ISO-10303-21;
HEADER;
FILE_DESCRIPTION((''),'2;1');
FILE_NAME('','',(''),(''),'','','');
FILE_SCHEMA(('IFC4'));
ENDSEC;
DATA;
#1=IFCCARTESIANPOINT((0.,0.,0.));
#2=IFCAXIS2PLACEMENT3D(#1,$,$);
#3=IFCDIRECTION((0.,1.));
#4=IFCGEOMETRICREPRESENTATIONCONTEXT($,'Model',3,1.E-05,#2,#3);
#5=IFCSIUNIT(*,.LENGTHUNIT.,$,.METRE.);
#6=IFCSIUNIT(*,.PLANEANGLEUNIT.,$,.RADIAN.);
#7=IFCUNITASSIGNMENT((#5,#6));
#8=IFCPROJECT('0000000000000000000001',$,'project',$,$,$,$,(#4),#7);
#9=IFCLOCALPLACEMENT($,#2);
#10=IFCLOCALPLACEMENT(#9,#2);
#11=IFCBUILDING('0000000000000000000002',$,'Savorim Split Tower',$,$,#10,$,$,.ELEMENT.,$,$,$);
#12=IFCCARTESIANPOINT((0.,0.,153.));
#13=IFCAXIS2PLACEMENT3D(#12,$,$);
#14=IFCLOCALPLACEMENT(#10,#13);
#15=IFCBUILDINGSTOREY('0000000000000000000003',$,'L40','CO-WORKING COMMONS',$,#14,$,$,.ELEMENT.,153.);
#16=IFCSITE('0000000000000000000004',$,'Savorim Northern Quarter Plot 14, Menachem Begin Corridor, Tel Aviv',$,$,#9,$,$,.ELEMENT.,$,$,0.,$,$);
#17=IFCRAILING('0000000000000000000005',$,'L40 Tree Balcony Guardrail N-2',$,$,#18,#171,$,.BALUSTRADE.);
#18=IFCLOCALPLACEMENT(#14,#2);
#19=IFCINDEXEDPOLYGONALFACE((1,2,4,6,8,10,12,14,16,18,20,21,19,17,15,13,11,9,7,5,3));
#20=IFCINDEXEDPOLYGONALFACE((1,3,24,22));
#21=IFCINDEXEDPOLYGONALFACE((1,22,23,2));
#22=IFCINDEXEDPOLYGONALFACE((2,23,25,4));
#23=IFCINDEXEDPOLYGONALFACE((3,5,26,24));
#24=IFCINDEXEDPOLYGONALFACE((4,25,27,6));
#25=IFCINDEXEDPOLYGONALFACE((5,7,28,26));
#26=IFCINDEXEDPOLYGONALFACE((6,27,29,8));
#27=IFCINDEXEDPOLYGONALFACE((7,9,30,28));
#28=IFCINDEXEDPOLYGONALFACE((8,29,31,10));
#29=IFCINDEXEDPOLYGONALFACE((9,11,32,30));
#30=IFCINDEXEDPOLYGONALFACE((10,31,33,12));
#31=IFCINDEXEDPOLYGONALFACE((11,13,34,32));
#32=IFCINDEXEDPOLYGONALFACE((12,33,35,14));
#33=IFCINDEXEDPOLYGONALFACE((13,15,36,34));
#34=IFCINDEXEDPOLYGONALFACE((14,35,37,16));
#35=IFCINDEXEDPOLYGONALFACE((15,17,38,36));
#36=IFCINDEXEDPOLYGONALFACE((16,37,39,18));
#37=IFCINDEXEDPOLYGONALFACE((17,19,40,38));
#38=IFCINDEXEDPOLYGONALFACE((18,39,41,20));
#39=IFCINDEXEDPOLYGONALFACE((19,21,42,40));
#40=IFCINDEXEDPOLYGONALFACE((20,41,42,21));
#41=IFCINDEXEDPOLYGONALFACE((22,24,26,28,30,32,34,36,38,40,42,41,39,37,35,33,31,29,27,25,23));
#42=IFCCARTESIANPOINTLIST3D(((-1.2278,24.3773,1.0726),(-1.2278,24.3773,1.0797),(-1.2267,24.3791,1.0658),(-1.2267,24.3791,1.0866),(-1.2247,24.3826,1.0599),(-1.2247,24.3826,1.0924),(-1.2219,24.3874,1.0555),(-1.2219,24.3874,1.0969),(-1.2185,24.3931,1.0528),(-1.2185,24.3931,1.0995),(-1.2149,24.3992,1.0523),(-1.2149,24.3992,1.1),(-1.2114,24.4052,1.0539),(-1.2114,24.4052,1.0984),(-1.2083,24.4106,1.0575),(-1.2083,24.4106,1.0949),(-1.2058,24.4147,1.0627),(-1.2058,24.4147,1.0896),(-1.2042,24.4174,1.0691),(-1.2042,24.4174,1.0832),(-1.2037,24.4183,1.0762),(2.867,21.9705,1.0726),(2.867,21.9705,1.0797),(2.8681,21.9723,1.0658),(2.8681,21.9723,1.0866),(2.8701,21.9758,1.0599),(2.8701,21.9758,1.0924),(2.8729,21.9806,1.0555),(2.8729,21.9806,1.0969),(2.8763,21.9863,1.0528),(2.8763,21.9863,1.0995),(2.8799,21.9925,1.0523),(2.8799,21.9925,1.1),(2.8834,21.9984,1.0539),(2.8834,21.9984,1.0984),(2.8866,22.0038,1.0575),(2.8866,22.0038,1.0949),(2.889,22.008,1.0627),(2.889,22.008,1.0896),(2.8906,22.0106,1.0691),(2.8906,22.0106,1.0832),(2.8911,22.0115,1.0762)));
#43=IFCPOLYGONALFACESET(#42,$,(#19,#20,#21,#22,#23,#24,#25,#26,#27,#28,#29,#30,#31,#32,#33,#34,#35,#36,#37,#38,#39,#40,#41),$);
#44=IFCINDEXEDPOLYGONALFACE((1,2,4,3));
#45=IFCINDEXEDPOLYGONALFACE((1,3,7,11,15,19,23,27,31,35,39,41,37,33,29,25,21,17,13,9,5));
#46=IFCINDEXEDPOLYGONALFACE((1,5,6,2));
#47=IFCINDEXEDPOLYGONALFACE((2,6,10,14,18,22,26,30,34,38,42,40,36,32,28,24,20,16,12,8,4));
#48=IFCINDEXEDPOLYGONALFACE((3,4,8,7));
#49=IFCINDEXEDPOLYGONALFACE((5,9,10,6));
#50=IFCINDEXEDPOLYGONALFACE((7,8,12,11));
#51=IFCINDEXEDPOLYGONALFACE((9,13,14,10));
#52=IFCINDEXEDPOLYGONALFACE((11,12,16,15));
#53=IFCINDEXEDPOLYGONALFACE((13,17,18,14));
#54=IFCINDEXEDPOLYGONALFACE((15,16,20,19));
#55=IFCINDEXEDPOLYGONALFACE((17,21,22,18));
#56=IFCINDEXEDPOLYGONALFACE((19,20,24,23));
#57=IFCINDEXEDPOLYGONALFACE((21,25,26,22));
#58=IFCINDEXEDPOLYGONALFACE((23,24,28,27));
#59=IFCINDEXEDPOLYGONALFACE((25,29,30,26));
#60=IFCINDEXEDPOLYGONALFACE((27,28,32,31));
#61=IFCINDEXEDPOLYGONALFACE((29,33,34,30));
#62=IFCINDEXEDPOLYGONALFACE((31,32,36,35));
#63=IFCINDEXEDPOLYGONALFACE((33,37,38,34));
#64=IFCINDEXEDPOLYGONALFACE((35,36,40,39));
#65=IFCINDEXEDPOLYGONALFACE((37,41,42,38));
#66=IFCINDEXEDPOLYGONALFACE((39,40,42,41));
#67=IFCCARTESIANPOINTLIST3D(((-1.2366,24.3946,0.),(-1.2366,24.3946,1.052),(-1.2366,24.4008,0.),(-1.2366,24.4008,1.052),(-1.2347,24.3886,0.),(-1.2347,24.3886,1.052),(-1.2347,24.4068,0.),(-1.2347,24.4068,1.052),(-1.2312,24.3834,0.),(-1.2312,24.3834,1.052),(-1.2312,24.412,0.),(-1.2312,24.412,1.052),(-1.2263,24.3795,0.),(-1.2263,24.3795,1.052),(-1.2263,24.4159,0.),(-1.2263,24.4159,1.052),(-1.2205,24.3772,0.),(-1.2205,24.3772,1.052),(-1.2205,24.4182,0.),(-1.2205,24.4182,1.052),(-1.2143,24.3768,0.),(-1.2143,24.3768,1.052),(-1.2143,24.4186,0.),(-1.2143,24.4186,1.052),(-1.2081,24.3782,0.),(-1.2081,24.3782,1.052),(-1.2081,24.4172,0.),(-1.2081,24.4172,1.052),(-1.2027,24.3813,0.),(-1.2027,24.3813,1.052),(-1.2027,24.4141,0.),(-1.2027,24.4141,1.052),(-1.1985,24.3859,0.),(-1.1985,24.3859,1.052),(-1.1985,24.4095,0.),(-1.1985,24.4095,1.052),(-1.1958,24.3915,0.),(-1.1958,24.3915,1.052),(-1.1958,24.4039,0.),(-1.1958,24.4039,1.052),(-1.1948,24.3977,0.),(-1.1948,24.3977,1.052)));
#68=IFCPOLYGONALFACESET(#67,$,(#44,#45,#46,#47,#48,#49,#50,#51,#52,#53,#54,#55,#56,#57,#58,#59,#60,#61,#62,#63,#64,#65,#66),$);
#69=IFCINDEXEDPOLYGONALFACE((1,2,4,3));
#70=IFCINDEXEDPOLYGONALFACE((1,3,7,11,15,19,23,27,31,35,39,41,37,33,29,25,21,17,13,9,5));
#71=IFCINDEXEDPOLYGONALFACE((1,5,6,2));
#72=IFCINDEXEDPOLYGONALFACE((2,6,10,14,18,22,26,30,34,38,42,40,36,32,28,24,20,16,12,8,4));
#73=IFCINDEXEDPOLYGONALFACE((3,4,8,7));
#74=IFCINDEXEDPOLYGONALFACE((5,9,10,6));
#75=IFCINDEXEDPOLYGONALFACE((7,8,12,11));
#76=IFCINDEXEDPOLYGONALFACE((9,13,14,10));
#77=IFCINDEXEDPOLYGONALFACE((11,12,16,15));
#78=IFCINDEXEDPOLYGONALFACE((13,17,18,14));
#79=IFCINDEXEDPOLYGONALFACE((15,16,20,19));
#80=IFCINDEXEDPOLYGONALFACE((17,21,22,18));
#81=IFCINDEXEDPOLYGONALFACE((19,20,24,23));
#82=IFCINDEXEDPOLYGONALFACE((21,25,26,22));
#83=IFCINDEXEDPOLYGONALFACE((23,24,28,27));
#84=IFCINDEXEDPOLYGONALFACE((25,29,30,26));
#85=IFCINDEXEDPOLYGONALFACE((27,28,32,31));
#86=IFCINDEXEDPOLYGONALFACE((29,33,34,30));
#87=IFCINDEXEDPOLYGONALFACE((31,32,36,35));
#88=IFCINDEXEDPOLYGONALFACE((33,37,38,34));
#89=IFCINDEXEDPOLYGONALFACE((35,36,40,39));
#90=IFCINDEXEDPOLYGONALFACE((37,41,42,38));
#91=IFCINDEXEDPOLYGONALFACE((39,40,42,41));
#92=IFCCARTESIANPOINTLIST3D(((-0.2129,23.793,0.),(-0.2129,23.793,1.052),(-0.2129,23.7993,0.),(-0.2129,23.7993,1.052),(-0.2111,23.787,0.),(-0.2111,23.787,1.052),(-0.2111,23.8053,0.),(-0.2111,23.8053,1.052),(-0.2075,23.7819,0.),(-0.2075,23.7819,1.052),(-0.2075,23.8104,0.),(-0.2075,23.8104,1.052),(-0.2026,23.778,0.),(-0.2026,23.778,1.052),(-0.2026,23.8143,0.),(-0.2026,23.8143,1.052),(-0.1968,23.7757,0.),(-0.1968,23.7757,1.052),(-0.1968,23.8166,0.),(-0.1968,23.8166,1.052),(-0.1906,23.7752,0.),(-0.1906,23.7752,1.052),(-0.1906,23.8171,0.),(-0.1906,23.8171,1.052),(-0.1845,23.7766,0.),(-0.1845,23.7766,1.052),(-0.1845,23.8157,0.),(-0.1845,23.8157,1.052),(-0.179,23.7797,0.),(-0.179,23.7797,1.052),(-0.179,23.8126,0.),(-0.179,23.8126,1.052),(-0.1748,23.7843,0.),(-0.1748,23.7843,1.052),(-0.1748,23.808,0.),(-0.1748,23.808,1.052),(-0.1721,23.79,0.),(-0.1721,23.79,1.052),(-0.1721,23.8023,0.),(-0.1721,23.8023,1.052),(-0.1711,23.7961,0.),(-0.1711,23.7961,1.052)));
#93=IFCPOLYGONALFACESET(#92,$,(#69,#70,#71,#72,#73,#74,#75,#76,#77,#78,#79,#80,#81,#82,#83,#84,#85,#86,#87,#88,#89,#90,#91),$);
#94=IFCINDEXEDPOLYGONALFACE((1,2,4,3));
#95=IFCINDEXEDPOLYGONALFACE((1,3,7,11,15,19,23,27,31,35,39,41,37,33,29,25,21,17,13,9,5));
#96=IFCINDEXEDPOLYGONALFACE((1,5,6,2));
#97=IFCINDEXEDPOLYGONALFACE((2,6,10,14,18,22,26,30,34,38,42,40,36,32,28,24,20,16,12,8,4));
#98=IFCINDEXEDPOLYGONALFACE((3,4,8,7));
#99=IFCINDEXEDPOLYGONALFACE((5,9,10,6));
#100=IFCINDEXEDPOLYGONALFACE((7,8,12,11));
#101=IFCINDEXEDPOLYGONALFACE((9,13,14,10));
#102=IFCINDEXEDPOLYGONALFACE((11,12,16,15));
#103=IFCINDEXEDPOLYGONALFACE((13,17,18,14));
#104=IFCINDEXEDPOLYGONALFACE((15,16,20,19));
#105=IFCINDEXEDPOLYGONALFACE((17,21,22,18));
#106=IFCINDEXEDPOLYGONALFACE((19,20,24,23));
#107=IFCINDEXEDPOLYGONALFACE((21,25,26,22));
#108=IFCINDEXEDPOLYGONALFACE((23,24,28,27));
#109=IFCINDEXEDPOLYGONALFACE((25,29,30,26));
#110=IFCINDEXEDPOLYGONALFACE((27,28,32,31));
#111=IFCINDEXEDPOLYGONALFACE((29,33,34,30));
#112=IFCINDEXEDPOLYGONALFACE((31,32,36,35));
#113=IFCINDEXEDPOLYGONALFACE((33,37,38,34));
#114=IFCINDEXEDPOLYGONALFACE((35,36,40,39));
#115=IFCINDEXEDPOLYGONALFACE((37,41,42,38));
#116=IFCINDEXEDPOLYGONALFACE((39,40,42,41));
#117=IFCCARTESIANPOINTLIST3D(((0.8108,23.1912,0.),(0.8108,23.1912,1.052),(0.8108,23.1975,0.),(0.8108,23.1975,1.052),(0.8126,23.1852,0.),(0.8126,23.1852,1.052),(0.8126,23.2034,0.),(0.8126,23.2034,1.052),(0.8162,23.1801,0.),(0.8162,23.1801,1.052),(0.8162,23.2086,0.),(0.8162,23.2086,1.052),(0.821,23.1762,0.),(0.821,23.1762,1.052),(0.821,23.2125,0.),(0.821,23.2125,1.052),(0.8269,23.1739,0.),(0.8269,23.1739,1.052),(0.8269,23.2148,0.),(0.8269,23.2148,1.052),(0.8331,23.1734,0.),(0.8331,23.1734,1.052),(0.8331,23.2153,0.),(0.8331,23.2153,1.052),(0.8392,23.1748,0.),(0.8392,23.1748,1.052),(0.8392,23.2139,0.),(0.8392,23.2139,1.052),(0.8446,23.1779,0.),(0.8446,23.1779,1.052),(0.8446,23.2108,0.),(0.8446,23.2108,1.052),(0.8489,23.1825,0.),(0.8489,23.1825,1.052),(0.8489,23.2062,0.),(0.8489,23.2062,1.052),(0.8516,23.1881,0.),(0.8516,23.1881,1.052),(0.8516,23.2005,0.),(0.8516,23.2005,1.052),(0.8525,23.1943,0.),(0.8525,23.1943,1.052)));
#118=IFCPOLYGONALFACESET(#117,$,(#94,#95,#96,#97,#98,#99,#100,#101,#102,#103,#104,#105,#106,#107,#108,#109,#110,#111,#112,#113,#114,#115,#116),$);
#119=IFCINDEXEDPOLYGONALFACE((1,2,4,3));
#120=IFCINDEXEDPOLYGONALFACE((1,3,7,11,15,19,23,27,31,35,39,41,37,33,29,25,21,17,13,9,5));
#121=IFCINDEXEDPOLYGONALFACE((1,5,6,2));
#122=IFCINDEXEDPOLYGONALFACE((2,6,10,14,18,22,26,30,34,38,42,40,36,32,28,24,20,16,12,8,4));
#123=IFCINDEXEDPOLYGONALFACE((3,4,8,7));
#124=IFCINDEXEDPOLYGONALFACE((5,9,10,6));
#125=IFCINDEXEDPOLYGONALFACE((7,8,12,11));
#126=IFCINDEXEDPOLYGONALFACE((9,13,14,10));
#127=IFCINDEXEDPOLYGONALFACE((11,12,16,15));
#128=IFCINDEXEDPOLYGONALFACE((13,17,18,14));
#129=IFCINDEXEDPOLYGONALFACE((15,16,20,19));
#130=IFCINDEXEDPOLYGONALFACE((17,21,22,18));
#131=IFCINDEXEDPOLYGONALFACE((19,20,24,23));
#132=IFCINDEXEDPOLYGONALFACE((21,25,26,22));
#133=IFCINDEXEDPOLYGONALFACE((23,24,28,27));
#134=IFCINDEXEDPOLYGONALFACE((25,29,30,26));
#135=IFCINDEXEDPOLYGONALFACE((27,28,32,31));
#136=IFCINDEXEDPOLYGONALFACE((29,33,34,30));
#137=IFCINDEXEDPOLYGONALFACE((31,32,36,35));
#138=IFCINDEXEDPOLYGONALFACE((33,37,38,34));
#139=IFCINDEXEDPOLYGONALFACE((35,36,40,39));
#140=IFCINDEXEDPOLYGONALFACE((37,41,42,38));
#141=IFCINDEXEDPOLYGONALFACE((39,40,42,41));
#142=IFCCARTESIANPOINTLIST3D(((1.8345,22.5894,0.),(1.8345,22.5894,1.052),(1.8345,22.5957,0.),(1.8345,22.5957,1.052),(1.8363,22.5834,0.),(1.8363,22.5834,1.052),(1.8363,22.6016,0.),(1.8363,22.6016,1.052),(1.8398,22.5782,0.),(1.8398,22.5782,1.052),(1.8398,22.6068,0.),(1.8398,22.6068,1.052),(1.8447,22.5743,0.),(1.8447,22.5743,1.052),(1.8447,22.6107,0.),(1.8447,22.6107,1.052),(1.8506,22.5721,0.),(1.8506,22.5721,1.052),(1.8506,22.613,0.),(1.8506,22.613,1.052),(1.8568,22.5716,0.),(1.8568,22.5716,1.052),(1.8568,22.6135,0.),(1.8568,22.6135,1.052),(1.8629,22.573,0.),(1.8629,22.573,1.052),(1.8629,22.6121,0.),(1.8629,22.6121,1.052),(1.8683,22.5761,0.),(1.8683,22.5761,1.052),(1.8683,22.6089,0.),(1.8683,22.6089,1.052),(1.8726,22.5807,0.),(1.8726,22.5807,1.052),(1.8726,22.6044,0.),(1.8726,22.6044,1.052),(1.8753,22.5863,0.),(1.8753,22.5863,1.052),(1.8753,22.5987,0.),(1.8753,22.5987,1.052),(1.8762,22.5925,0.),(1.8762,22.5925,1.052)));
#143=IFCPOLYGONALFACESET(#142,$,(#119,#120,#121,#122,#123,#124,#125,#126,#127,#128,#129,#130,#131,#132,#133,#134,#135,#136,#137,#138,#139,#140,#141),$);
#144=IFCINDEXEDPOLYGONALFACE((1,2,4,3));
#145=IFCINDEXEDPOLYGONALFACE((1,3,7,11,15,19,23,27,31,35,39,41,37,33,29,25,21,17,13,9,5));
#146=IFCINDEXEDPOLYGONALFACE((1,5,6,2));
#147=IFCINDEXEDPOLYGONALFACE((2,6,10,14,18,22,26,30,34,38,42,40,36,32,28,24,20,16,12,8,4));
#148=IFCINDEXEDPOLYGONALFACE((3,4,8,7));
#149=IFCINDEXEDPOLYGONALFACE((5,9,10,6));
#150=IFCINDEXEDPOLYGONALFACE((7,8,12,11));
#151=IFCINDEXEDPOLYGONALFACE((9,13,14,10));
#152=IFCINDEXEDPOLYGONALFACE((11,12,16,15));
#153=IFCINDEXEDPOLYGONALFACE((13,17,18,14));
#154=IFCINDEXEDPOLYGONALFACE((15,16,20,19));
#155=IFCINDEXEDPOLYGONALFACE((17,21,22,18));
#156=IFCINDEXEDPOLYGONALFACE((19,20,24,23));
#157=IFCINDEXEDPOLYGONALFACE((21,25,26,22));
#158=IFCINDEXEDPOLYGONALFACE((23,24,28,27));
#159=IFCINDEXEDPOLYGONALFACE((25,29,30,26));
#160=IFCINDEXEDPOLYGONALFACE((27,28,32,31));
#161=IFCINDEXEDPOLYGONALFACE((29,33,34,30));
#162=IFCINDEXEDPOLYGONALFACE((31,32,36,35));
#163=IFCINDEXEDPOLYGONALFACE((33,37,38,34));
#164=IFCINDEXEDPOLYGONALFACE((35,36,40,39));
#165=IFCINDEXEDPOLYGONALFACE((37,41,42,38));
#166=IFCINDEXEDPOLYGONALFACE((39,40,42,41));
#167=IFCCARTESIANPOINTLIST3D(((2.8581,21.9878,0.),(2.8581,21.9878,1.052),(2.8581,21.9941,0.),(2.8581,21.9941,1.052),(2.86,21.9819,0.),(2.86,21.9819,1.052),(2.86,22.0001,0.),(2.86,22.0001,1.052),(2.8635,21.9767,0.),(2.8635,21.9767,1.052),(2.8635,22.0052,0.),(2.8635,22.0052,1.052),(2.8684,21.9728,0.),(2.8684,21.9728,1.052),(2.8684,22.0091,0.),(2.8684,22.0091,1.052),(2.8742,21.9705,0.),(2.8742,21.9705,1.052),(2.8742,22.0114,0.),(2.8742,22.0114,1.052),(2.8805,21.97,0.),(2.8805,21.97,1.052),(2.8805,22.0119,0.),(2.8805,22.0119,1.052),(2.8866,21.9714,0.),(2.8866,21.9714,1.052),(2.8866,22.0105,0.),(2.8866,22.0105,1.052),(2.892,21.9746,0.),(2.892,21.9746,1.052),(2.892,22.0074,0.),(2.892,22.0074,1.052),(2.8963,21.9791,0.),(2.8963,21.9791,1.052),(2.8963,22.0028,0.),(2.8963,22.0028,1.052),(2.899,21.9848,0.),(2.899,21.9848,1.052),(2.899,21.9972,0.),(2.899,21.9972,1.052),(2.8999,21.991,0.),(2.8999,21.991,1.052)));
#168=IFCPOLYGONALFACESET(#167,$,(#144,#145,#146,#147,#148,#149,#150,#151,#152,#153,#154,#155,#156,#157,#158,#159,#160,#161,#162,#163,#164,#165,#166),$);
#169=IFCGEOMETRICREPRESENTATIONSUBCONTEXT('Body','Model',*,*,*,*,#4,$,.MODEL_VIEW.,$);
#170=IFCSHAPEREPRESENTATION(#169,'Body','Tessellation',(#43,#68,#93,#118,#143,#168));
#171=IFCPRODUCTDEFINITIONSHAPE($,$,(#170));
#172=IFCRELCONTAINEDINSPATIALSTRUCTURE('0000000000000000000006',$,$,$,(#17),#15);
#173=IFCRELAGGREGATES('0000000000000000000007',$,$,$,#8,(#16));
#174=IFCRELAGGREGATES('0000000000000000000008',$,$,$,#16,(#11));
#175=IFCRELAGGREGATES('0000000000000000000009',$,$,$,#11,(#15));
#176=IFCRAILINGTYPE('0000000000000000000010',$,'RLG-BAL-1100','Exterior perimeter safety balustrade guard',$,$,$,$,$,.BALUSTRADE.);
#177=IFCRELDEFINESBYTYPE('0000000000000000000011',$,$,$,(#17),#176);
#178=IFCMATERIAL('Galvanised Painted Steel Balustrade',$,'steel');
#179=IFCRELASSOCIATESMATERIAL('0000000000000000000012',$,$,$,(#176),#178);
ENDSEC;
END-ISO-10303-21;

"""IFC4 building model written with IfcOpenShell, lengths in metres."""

from ifc_helpers import new_model, si_unit, direction, frame, origin, origin_2d, place, context, subcontext, project, spatial, circle, extrude, material, type_object, element, save


model = new_model("IFC4")

# Units and contexts
model_context = context("Model", 3, precision=1e-05, world=origin(), true_north=direction((0.0, 1.0)))
body_context = subcontext(model_context, "Body", "Model", "MODEL_VIEW")
ifc_project = project(units=[si_unit("LENGTHUNIT", "METRE"), si_unit("PLANEANGLEUNIT", "RADIAN")], contexts=[model_context])

# Site, building, storey
site_placement = place(None, origin())
site = spatial("IfcSite", under=ifc_project, at=site_placement, Name="Savorim Northern Quarter Plot 14, Menachem Begin Corridor, Tel Aviv", CompositionType="ELEMENT", RefElevation=0.0)
building_placement = place(site_placement, origin())
building = spatial("IfcBuilding", under=site, at=building_placement, Name="Savorim Split Tower", CompositionType="ELEMENT")
storey_placement = place(building_placement, frame((0.0, 0.0, 153.0)))
storey = spatial("IfcBuildingStorey", under=building, at=storey_placement, Name="L40", Description="CO-WORKING COMMONS", CompositionType="ELEMENT", Elevation=153.0)

# Railing
ifc_material_1 = material(Name="Galvanised Painted Steel Balustrade", Category="steel")
railing_type = type_object("IfcRailingType", Name="RLG-BAL-1100", Description="Exterior perimeter safety balustrade guard", PredefinedType="BALUSTRADE", material=ifc_material_1)
railing_1_placement = place(storey_placement, frame((-1.2158, 24.3977, 0.0)))
element("IfcRailing", 1, at=railing_1_placement, inside=storey, type_object=railing_type, Name="L40 Tree Balcony Guardrail N-2", PredefinedType="BALUSTRADE", context=body_context, shape_type="SweptSolid", body=[
    extrude(circle(Radius=0.0239, at=origin_2d()), frame((0.0, 0.0, 1.0762), z_axis=(0.862111, -0.506719, 0.0), x_axis=(0.506719, 0.862111, 0.0)), (0.0, 0.0, 1.0), 4.7498),
    extrude(circle(Radius=0.021, at=origin_2d()), origin(), (0.0, 0.0, 1.0), 1.052),
    extrude(circle(Radius=0.021, at=origin_2d()), frame((1.0237, -0.6016, 0.0)), (0.0, 0.0, 1.0), 1.052),
    extrude(circle(Radius=0.021, at=origin_2d()), frame((2.0474, -1.2034, 0.0)), (0.0, 0.0, 1.0), 1.052),
    extrude(circle(Radius=0.021, at=origin_2d()), frame((3.071, -1.8052, 0.0)), (0.0, 0.0, 1.0), 1.052),
    extrude(circle(Radius=0.021, at=origin_2d()), frame((4.0947, -2.4067, 0.0)), (0.0, 0.0, 1.0), 1.052),
])

save(model, "model.ifc")
